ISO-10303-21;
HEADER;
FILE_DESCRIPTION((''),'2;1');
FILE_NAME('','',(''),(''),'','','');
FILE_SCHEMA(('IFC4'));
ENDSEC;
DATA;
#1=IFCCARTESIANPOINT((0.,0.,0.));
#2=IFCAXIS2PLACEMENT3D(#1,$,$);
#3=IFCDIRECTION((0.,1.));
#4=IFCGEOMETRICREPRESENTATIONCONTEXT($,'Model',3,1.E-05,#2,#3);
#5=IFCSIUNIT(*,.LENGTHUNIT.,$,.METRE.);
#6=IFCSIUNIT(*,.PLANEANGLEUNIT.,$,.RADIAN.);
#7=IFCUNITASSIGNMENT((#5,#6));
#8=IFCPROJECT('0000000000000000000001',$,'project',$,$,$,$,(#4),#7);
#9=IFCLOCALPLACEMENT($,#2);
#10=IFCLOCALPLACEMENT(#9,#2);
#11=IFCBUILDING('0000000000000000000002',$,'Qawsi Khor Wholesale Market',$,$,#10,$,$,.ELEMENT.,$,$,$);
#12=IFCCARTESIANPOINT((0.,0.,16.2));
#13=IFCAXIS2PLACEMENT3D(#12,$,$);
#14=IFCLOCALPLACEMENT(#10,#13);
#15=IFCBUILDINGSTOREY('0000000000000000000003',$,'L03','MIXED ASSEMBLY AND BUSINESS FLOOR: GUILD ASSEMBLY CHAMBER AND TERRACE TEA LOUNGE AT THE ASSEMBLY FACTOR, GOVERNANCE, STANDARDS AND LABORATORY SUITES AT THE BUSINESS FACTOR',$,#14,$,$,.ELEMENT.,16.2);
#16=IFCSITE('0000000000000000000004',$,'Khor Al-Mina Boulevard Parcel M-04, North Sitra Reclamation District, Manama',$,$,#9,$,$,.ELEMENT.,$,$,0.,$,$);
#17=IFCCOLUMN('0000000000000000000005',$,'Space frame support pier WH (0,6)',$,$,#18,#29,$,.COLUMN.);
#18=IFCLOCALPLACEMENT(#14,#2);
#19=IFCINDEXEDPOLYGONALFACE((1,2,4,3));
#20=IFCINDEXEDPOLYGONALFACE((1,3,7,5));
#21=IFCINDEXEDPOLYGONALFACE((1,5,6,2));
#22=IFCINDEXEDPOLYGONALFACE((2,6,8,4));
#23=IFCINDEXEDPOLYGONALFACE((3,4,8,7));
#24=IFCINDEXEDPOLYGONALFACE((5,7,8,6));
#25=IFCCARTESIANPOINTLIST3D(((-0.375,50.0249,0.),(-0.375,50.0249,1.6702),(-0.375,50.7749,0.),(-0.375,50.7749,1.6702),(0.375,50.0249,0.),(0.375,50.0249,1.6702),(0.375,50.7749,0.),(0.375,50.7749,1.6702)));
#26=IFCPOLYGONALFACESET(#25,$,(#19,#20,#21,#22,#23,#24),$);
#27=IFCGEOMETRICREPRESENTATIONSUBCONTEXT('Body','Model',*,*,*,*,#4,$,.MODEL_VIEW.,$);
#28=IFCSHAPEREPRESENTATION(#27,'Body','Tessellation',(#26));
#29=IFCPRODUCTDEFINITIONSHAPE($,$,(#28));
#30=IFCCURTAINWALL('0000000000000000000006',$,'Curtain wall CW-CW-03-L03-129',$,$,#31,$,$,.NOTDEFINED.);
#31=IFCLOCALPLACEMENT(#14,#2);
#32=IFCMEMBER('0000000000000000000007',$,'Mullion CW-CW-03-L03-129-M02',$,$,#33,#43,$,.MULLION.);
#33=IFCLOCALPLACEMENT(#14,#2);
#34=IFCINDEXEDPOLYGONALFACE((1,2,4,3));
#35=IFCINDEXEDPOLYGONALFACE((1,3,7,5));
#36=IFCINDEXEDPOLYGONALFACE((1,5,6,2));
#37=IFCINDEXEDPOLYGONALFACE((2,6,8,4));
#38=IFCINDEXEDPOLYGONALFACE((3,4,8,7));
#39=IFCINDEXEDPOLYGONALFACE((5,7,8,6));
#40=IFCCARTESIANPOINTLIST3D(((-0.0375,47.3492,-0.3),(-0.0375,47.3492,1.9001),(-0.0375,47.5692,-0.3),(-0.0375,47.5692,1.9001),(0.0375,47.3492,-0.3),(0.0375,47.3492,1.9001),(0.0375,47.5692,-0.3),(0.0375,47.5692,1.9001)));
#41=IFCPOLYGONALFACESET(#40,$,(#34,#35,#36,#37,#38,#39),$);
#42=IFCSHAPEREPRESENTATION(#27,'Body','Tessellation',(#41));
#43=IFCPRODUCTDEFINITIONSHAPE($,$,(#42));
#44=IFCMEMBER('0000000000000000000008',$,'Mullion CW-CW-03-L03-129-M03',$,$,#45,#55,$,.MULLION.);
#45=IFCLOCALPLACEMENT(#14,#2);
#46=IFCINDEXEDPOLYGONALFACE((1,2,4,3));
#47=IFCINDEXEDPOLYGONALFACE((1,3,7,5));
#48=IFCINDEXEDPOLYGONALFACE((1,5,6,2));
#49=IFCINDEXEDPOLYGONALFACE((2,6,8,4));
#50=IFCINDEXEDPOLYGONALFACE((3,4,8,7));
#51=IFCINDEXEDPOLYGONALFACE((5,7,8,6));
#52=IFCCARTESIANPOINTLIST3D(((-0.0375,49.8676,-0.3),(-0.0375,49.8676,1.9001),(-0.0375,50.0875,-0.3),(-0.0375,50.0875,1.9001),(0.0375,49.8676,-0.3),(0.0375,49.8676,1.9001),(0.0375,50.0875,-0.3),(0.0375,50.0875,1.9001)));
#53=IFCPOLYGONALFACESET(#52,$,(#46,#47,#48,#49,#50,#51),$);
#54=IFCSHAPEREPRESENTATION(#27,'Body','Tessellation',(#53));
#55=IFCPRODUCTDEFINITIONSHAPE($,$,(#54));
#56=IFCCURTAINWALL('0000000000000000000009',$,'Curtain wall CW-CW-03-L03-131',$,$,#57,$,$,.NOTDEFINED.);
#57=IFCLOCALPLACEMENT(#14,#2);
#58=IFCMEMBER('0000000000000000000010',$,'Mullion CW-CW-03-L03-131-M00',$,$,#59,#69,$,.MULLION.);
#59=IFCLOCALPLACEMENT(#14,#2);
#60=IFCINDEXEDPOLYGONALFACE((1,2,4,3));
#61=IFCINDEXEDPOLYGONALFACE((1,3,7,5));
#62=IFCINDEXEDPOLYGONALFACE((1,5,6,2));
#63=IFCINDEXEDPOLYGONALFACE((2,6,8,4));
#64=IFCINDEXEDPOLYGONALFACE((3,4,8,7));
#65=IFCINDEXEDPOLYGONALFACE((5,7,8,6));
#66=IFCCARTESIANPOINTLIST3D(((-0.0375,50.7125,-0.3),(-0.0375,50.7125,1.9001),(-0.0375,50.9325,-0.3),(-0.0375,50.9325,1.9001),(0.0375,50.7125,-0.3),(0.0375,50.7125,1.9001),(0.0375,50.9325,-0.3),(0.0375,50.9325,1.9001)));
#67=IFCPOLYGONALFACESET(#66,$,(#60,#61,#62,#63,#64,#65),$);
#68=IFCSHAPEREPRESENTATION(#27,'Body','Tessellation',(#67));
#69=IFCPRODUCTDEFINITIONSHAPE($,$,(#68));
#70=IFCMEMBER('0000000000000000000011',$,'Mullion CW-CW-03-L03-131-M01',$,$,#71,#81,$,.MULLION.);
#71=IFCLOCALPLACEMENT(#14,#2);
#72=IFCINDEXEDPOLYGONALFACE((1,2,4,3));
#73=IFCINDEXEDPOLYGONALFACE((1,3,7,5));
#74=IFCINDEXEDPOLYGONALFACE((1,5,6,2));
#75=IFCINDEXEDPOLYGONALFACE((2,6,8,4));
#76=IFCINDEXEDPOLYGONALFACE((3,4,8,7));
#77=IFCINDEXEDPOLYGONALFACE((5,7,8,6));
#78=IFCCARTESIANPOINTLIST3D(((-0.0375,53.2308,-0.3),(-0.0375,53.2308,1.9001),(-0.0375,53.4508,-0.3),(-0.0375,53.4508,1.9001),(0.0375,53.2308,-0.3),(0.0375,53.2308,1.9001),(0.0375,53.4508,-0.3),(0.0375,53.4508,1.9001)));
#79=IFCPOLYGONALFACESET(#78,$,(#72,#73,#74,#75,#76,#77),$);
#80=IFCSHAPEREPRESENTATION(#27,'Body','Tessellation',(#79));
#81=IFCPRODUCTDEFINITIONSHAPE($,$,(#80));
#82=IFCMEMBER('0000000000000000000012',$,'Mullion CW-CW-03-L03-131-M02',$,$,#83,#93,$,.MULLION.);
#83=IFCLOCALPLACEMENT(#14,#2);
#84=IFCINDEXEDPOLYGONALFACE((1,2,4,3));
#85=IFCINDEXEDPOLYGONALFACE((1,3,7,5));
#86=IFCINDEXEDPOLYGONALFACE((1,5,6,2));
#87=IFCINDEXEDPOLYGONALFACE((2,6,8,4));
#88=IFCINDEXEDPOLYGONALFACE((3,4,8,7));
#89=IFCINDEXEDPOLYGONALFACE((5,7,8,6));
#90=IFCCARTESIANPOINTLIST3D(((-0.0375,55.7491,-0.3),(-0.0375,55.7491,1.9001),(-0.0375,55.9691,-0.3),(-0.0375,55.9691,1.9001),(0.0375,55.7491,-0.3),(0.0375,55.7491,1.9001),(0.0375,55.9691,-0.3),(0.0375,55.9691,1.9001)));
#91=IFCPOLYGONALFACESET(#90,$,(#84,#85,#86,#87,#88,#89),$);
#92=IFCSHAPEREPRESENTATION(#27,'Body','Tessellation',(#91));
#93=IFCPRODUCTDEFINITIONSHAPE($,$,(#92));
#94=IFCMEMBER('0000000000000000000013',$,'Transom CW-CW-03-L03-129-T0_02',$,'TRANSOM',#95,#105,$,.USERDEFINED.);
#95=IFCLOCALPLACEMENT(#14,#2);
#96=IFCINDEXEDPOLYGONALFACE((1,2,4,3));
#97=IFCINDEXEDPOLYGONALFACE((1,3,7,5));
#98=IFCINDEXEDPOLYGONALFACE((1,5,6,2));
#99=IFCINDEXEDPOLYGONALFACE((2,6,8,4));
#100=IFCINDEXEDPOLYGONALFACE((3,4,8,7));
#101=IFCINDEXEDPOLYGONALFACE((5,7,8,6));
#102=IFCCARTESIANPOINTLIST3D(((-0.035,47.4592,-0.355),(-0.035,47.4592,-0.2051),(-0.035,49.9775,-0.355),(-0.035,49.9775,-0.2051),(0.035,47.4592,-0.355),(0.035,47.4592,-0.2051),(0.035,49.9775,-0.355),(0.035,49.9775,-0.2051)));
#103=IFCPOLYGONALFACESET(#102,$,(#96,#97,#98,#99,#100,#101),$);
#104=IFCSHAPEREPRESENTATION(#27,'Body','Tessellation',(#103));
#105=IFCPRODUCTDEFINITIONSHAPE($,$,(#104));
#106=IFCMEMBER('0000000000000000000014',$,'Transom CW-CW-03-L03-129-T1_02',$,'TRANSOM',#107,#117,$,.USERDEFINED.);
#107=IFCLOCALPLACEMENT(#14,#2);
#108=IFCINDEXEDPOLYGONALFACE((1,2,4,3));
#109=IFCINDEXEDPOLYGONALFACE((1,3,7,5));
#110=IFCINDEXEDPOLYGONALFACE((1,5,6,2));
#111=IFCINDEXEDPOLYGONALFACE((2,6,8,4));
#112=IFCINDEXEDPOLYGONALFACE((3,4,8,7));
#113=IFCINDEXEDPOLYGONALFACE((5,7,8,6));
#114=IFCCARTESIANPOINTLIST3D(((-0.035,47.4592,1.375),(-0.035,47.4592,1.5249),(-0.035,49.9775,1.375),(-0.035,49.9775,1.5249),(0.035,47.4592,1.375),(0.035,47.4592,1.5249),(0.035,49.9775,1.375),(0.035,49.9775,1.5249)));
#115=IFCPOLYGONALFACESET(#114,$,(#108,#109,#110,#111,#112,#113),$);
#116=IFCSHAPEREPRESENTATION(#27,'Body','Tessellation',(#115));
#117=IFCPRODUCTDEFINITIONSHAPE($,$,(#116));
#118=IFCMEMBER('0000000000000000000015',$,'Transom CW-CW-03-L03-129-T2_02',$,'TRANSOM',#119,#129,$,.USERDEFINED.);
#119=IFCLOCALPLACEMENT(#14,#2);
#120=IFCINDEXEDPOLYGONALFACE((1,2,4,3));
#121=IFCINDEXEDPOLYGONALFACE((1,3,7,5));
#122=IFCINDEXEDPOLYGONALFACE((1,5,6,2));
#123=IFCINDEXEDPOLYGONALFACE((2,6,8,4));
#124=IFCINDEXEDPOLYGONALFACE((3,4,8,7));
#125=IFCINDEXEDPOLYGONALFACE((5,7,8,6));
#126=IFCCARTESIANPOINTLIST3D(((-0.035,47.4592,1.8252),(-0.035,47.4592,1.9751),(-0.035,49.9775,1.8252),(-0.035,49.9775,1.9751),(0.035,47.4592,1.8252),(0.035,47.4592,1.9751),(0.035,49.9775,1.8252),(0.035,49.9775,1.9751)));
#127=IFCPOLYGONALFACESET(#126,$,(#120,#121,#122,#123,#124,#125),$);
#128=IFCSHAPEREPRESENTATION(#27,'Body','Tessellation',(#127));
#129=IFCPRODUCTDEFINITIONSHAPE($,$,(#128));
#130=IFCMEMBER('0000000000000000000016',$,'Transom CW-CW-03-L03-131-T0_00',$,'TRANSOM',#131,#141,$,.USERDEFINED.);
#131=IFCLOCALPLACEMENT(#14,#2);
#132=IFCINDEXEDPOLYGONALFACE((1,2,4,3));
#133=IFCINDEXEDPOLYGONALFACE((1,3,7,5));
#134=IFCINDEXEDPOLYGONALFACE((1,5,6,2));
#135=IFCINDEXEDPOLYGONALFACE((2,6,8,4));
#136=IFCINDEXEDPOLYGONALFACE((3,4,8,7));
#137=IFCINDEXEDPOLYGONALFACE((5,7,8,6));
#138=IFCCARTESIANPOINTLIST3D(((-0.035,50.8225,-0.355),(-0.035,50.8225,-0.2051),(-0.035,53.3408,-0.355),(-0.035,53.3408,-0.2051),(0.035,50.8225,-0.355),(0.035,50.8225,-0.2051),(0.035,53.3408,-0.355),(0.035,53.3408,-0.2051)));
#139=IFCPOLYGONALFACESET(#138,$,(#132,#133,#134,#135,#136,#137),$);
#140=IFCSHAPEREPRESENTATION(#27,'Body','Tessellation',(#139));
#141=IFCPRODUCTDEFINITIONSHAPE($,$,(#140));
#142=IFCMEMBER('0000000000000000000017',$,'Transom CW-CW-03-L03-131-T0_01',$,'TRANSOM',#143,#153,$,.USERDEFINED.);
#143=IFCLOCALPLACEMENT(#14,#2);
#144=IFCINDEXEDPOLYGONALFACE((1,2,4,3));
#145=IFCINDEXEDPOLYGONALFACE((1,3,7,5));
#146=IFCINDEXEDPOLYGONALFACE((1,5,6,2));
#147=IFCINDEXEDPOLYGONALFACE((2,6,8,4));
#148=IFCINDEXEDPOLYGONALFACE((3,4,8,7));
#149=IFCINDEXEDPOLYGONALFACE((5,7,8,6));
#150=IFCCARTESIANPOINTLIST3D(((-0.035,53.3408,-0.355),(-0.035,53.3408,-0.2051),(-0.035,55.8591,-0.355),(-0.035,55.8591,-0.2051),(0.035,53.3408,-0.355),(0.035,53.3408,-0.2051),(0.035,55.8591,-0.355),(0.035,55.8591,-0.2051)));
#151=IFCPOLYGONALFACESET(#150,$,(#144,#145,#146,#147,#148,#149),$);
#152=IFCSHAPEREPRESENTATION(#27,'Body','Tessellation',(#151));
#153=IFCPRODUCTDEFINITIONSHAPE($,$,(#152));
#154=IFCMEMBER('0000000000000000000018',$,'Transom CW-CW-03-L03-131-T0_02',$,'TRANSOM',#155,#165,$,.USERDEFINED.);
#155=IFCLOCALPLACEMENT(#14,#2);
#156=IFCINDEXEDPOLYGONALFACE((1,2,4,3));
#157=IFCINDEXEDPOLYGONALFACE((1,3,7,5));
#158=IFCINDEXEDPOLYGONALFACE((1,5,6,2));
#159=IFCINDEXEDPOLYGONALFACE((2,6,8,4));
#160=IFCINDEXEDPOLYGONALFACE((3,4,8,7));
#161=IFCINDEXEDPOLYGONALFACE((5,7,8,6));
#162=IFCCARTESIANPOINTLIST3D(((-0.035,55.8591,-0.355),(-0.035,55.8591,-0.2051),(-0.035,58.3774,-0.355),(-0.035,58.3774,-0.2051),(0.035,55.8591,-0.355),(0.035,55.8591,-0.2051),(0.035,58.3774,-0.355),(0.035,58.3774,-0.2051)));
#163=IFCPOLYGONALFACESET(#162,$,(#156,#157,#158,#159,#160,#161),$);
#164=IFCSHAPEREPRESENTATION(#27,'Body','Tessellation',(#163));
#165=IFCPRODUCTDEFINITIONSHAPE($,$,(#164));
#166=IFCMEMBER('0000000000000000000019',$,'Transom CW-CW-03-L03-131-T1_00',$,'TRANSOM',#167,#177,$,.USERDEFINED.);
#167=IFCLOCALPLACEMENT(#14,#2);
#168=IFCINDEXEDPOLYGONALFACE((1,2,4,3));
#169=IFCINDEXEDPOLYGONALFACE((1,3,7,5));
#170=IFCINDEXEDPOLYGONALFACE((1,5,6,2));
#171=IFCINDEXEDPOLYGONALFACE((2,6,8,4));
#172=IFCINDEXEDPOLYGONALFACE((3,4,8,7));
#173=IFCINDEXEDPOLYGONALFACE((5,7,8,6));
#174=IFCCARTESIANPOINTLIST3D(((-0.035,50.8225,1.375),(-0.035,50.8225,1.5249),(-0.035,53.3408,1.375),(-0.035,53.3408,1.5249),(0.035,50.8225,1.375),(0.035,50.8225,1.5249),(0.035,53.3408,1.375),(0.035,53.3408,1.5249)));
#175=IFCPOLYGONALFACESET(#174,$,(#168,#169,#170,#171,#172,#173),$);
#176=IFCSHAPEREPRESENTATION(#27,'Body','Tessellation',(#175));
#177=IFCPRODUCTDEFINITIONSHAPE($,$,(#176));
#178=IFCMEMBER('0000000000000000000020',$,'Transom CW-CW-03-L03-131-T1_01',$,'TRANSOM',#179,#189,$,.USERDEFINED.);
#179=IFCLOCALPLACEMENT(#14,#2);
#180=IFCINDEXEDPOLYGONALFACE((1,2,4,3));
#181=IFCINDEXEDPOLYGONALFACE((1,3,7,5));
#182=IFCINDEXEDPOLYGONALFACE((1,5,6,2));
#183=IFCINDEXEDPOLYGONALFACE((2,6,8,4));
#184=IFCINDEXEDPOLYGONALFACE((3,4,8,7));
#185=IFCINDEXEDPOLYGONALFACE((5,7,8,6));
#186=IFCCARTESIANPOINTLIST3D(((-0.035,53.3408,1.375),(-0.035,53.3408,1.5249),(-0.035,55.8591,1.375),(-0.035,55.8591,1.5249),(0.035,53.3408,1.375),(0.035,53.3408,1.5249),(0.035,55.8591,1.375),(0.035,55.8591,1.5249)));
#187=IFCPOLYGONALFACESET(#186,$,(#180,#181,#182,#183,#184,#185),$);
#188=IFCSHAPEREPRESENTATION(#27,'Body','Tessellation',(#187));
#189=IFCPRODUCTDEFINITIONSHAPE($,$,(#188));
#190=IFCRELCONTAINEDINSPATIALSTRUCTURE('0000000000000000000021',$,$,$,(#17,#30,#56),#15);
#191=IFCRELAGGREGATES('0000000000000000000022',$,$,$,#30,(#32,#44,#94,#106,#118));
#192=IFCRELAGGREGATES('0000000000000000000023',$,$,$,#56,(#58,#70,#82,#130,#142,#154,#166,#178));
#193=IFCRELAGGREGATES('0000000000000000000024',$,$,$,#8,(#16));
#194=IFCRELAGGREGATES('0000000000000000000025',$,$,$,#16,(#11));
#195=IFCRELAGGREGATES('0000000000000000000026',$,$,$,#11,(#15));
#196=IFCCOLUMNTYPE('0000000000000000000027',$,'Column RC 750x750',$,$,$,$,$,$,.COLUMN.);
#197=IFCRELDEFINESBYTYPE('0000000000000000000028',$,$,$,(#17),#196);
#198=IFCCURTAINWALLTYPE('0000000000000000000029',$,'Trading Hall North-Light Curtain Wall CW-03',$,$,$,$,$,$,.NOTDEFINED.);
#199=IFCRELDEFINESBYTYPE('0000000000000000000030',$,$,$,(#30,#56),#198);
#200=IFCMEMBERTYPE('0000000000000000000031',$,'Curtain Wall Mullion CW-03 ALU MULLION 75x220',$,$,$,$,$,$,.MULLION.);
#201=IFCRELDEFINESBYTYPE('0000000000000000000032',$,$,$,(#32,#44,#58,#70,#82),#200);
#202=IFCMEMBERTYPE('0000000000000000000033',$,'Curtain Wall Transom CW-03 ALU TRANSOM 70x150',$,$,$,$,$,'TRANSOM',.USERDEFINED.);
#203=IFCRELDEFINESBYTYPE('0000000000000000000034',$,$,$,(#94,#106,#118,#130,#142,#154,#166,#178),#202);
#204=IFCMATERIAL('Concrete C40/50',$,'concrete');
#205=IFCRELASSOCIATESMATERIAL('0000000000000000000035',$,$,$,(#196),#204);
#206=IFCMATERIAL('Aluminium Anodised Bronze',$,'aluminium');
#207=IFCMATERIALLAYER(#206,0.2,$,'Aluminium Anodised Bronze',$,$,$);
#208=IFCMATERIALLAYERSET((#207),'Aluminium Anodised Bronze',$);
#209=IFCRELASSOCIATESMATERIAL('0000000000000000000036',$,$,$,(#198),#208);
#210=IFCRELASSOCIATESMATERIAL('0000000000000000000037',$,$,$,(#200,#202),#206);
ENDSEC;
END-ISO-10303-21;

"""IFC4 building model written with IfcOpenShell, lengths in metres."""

from ifc_helpers import new_model, si_unit, direction, frame, origin, origin_2d, place, context, subcontext, project, spatial, rectangle, extrude, material, layer, layer_set, material_profile, profile_set, type_object, element, aggregate, save


model = new_model("IFC4")

# Units and contexts
model_context = context("Model", 3, precision=1e-05, world=origin(), true_north=direction((0.0, 1.0)))
body_context = subcontext(model_context, "Body", "Model", "MODEL_VIEW")
ifc_project = project(units=[si_unit("LENGTHUNIT", "METRE"), si_unit("PLANEANGLEUNIT", "RADIAN")], contexts=[model_context])

# Site, building, storey
site_placement = place(None, origin())
site = spatial("IfcSite", under=ifc_project, at=site_placement, Name="Khor Al-Mina Boulevard Parcel M-04, North Sitra Reclamation District, Manama", CompositionType="ELEMENT", RefElevation=0.0)
building_placement = place(site_placement, origin())
building = spatial("IfcBuilding", under=site, at=building_placement, Name="Qawsi Khor Wholesale Market", CompositionType="ELEMENT")
storey_placement = place(building_placement, frame((0.0, 0.0, 16.2)))
storey = spatial("IfcBuildingStorey", under=building, at=storey_placement, Name="L03", Description="MIXED ASSEMBLY AND BUSINESS FLOOR: GUILD ASSEMBLY CHAMBER AND TERRACE TEA LOUNGE AT THE ASSEMBLY FACTOR, GOVERNANCE, STANDARDS AND LABORATORY SUITES AT THE BUSINESS FACTOR", CompositionType="ELEMENT", Elevation=16.2)

# Column
ifc_material_1 = material(Name="Concrete C40/50", Category="concrete")
ifc_material_profile_1 = material_profile(ifc_material_1, rectangle(XDim=0.75, YDim=0.75, at=origin_2d()), Name="RC 750x750")
ifc_profile_set_1 = profile_set([ifc_material_profile_1], Name="Concrete C40/50")
column_type = type_object("IfcColumnType", Name="Column RC 750x750", PredefinedType="COLUMN", material=ifc_profile_set_1)
column_placement = place(storey_placement, frame((0.0, 50.3999, 0.0), z_axis=(0.0, 0.0, 1.0), x_axis=(1.0, 0.0, 0.0)))
element("IfcColumn", 1, at=column_placement, inside=storey, type_object=column_type, Name="Space frame support pier WH (0,6)", PredefinedType="COLUMN", context=body_context, shape_type="SweptSolid", body=[
    extrude(rectangle(XDim=0.75, YDim=0.75, at=origin_2d()), origin(), (0.0, 0.0, 1.0), 1.6702),
])

# Curtain walls, members
ifc_material_2 = material(Name="Aluminium Anodised Bronze", Category="aluminium")
ifc_layer_1 = layer(ifc_material_2, 0.2, Name="Aluminium Anodised Bronze")
ifc_layer_set_1 = layer_set([ifc_layer_1], Name="Aluminium Anodised Bronze")
curtain_wall_type = type_object("IfcCurtainWallType", Name="Trading Hall North-Light Curtain Wall CW-03", PredefinedType="NOTDEFINED", material=ifc_layer_set_1)
curtain_wall_1_placement = place(storey_placement, origin())
curtain_wall_1 = element("IfcCurtainWall", 2, at=curtain_wall_1_placement, inside=storey, type_object=curtain_wall_type, Name="Curtain wall CW-CW-03-L03-129", PredefinedType="NOTDEFINED")
ifc_material_profile_2 = material_profile(ifc_material_2, rectangle(XDim=0.075, YDim=0.22, at=origin_2d()), Name="ALU MULLION 75x220")
ifc_profile_set_2 = profile_set([ifc_material_profile_2], Name="Aluminium Anodised Bronze")
member_type_1 = type_object("IfcMemberType", Name="Curtain Wall Mullion CW-03 ALU MULLION 75x220", PredefinedType="MULLION", material=ifc_profile_set_2)
member_1_placement = place(storey_placement, frame((0.0, 47.4592, -0.3), z_axis=(0.0, 0.0, 1.0), x_axis=(1.0, 0.0, 0.0)))
member_1 = element("IfcMember", 3, at=member_1_placement, type_object=member_type_1, Name="Mullion CW-CW-03-L03-129-M02", PredefinedType="MULLION", context=body_context, shape_type="SweptSolid", body=[
    extrude(rectangle(XDim=0.075, YDim=0.22, at=origin_2d()), origin(), (0.0, 0.0, 1.0), 2.2002),
])
member_2_placement = place(storey_placement, frame((0.0, 49.9775, -0.3), z_axis=(0.0, 0.0, 1.0), x_axis=(1.0, 0.0, 0.0)))
member_2 = element("IfcMember", 4, at=member_2_placement, type_object=member_type_1, Name="Mullion CW-CW-03-L03-129-M03", PredefinedType="MULLION", context=body_context, shape_type="SweptSolid", body=[
    extrude(rectangle(XDim=0.075, YDim=0.22, at=origin_2d()), origin(), (0.0, 0.0, 1.0), 2.2002),
])
curtain_wall_2_placement = place(storey_placement, origin())
curtain_wall_2 = element("IfcCurtainWall", 5, at=curtain_wall_2_placement, inside=storey, type_object=curtain_wall_type, Name="Curtain wall CW-CW-03-L03-131", PredefinedType="NOTDEFINED")
member_3_placement = place(storey_placement, frame((0.0, 50.8225, -0.3), z_axis=(0.0, 0.0, 1.0), x_axis=(1.0, 0.0, 0.0)))
member_3 = element("IfcMember", 6, at=member_3_placement, type_object=member_type_1, Name="Mullion CW-CW-03-L03-131-M00", PredefinedType="MULLION", context=body_context, shape_type="SweptSolid", body=[
    extrude(rectangle(XDim=0.075, YDim=0.22, at=origin_2d()), origin(), (0.0, 0.0, 1.0), 2.2002),
])
member_4_placement = place(storey_placement, frame((0.0, 53.3408, -0.3), z_axis=(0.0, 0.0, 1.0), x_axis=(1.0, 0.0, 0.0)))
member_4 = element("IfcMember", 7, at=member_4_placement, type_object=member_type_1, Name="Mullion CW-CW-03-L03-131-M01", PredefinedType="MULLION", context=body_context, shape_type="SweptSolid", body=[
    extrude(rectangle(XDim=0.075, YDim=0.22, at=origin_2d()), origin(), (0.0, 0.0, 1.0), 2.2002),
])
member_5_placement = place(storey_placement, frame((0.0, 55.8591, -0.3), z_axis=(0.0, 0.0, 1.0), x_axis=(1.0, 0.0, 0.0)))
member_5 = element("IfcMember", 8, at=member_5_placement, type_object=member_type_1, Name="Mullion CW-CW-03-L03-131-M02", PredefinedType="MULLION", context=body_context, shape_type="SweptSolid", body=[
    extrude(rectangle(XDim=0.075, YDim=0.22, at=origin_2d()), origin(), (0.0, 0.0, 1.0), 2.2002),
])

# Members
ifc_material_profile_3 = material_profile(ifc_material_2, rectangle(XDim=0.0701, YDim=0.1499, at=origin_2d()), Name="ALU TRANSOM 70x150")
ifc_profile_set_3 = profile_set([ifc_material_profile_3], Name="Aluminium Anodised Bronze")
member_type_2 = type_object("IfcMemberType", Name="Curtain Wall Transom CW-03 ALU TRANSOM 70x150", ElementType="TRANSOM", PredefinedType="USERDEFINED", material=ifc_profile_set_3)
member_6_placement = place(storey_placement, frame((0.0, 47.4592, -0.28), z_axis=(0.0, 1.0, 0.0), x_axis=(-1.0, 0.0, 0.0)))
member_6 = element("IfcMember", 9, at=member_6_placement, type_object=member_type_2, Name="Transom CW-CW-03-L03-129-T0_02", ObjectType="TRANSOM", PredefinedType="USERDEFINED", context=body_context, shape_type="SweptSolid", body=[
    extrude(rectangle(XDim=0.0701, YDim=0.1499, at=origin_2d()), origin(), (0.0, 0.0, 1.0), 2.5183),
])
member_7_placement = place(storey_placement, frame((0.0, 47.4592, 1.45), z_axis=(0.0, 1.0, 0.0), x_axis=(-1.0, 0.0, 0.0)))
member_7 = element("IfcMember", 10, at=member_7_placement, type_object=member_type_2, Name="Transom CW-CW-03-L03-129-T1_02", ObjectType="TRANSOM", PredefinedType="USERDEFINED", context=body_context, shape_type="SweptSolid", body=[
    extrude(rectangle(XDim=0.0701, YDim=0.1499, at=origin_2d()), origin(), (0.0, 0.0, 1.0), 2.5183),
])
member_8_placement = place(storey_placement, frame((0.0, 47.4592, 1.9001), z_axis=(0.0, 1.0, 0.0), x_axis=(-1.0, 0.0, 0.0)))
member_8 = element("IfcMember", 11, at=member_8_placement, type_object=member_type_2, Name="Transom CW-CW-03-L03-129-T2_02", ObjectType="TRANSOM", PredefinedType="USERDEFINED", context=body_context, shape_type="SweptSolid", body=[
    extrude(rectangle(XDim=0.0701, YDim=0.1499, at=origin_2d()), origin(), (0.0, 0.0, 1.0), 2.5183),
])
member_9_placement = place(storey_placement, frame((0.0, 50.8225, -0.28), z_axis=(0.0, 1.0, 0.0), x_axis=(-1.0, 0.0, 0.0)))
member_9 = element("IfcMember", 12, at=member_9_placement, type_object=member_type_2, Name="Transom CW-CW-03-L03-131-T0_00", ObjectType="TRANSOM", PredefinedType="USERDEFINED", context=body_context, shape_type="SweptSolid", body=[
    extrude(rectangle(XDim=0.0701, YDim=0.1499, at=origin_2d()), origin(), (0.0, 0.0, 1.0), 2.5183),
])
member_10_placement = place(storey_placement, frame((0.0, 53.3408, -0.28), z_axis=(0.0, 1.0, 0.0), x_axis=(-1.0, 0.0, 0.0)))
member_10 = element("IfcMember", 13, at=member_10_placement, type_object=member_type_2, Name="Transom CW-CW-03-L03-131-T0_01", ObjectType="TRANSOM", PredefinedType="USERDEFINED", context=body_context, shape_type="SweptSolid", body=[
    extrude(rectangle(XDim=0.0701, YDim=0.1499, at=origin_2d()), origin(), (0.0, 0.0, 1.0), 2.5183),
])
member_11_placement = place(storey_placement, frame((0.0, 55.8591, -0.28), z_axis=(0.0, 1.0, 0.0), x_axis=(-1.0, 0.0, 0.0)))
member_11 = element("IfcMember", 14, at=member_11_placement, type_object=member_type_2, Name="Transom CW-CW-03-L03-131-T0_02", ObjectType="TRANSOM", PredefinedType="USERDEFINED", context=body_context, shape_type="SweptSolid", body=[
    extrude(rectangle(XDim=0.0701, YDim=0.1499, at=origin_2d()), origin(), (0.0, 0.0, 1.0), 2.5183),
])
member_12_placement = place(storey_placement, frame((0.0, 50.8225, 1.45), z_axis=(0.0, 1.0, 0.0), x_axis=(-1.0, 0.0, 0.0)))
member_12 = element("IfcMember", 15, at=member_12_placement, type_object=member_type_2, Name="Transom CW-CW-03-L03-131-T1_00", ObjectType="TRANSOM", PredefinedType="USERDEFINED", context=body_context, shape_type="SweptSolid", body=[
    extrude(rectangle(XDim=0.0701, YDim=0.1499, at=origin_2d()), origin(), (0.0, 0.0, 1.0), 2.5183),
])
member_13_placement = place(storey_placement, frame((0.0, 53.3408, 1.45), z_axis=(0.0, 1.0, 0.0), x_axis=(-1.0, 0.0, 0.0)))
member_13 = element("IfcMember", 16, at=member_13_placement, type_object=member_type_2, Name="Transom CW-CW-03-L03-131-T1_01", ObjectType="TRANSOM", PredefinedType="USERDEFINED", context=body_context, shape_type="SweptSolid", body=[
    extrude(rectangle(XDim=0.0701, YDim=0.1499, at=origin_2d()), origin(), (0.0, 0.0, 1.0), 2.5183),
])

aggregate(curtain_wall_1, [member_1, member_2, member_6, member_7, member_8])
aggregate(curtain_wall_2, [member_3, member_4, member_5, member_9, member_10, member_11, member_12, member_13])

save(model, "model.ifc")
